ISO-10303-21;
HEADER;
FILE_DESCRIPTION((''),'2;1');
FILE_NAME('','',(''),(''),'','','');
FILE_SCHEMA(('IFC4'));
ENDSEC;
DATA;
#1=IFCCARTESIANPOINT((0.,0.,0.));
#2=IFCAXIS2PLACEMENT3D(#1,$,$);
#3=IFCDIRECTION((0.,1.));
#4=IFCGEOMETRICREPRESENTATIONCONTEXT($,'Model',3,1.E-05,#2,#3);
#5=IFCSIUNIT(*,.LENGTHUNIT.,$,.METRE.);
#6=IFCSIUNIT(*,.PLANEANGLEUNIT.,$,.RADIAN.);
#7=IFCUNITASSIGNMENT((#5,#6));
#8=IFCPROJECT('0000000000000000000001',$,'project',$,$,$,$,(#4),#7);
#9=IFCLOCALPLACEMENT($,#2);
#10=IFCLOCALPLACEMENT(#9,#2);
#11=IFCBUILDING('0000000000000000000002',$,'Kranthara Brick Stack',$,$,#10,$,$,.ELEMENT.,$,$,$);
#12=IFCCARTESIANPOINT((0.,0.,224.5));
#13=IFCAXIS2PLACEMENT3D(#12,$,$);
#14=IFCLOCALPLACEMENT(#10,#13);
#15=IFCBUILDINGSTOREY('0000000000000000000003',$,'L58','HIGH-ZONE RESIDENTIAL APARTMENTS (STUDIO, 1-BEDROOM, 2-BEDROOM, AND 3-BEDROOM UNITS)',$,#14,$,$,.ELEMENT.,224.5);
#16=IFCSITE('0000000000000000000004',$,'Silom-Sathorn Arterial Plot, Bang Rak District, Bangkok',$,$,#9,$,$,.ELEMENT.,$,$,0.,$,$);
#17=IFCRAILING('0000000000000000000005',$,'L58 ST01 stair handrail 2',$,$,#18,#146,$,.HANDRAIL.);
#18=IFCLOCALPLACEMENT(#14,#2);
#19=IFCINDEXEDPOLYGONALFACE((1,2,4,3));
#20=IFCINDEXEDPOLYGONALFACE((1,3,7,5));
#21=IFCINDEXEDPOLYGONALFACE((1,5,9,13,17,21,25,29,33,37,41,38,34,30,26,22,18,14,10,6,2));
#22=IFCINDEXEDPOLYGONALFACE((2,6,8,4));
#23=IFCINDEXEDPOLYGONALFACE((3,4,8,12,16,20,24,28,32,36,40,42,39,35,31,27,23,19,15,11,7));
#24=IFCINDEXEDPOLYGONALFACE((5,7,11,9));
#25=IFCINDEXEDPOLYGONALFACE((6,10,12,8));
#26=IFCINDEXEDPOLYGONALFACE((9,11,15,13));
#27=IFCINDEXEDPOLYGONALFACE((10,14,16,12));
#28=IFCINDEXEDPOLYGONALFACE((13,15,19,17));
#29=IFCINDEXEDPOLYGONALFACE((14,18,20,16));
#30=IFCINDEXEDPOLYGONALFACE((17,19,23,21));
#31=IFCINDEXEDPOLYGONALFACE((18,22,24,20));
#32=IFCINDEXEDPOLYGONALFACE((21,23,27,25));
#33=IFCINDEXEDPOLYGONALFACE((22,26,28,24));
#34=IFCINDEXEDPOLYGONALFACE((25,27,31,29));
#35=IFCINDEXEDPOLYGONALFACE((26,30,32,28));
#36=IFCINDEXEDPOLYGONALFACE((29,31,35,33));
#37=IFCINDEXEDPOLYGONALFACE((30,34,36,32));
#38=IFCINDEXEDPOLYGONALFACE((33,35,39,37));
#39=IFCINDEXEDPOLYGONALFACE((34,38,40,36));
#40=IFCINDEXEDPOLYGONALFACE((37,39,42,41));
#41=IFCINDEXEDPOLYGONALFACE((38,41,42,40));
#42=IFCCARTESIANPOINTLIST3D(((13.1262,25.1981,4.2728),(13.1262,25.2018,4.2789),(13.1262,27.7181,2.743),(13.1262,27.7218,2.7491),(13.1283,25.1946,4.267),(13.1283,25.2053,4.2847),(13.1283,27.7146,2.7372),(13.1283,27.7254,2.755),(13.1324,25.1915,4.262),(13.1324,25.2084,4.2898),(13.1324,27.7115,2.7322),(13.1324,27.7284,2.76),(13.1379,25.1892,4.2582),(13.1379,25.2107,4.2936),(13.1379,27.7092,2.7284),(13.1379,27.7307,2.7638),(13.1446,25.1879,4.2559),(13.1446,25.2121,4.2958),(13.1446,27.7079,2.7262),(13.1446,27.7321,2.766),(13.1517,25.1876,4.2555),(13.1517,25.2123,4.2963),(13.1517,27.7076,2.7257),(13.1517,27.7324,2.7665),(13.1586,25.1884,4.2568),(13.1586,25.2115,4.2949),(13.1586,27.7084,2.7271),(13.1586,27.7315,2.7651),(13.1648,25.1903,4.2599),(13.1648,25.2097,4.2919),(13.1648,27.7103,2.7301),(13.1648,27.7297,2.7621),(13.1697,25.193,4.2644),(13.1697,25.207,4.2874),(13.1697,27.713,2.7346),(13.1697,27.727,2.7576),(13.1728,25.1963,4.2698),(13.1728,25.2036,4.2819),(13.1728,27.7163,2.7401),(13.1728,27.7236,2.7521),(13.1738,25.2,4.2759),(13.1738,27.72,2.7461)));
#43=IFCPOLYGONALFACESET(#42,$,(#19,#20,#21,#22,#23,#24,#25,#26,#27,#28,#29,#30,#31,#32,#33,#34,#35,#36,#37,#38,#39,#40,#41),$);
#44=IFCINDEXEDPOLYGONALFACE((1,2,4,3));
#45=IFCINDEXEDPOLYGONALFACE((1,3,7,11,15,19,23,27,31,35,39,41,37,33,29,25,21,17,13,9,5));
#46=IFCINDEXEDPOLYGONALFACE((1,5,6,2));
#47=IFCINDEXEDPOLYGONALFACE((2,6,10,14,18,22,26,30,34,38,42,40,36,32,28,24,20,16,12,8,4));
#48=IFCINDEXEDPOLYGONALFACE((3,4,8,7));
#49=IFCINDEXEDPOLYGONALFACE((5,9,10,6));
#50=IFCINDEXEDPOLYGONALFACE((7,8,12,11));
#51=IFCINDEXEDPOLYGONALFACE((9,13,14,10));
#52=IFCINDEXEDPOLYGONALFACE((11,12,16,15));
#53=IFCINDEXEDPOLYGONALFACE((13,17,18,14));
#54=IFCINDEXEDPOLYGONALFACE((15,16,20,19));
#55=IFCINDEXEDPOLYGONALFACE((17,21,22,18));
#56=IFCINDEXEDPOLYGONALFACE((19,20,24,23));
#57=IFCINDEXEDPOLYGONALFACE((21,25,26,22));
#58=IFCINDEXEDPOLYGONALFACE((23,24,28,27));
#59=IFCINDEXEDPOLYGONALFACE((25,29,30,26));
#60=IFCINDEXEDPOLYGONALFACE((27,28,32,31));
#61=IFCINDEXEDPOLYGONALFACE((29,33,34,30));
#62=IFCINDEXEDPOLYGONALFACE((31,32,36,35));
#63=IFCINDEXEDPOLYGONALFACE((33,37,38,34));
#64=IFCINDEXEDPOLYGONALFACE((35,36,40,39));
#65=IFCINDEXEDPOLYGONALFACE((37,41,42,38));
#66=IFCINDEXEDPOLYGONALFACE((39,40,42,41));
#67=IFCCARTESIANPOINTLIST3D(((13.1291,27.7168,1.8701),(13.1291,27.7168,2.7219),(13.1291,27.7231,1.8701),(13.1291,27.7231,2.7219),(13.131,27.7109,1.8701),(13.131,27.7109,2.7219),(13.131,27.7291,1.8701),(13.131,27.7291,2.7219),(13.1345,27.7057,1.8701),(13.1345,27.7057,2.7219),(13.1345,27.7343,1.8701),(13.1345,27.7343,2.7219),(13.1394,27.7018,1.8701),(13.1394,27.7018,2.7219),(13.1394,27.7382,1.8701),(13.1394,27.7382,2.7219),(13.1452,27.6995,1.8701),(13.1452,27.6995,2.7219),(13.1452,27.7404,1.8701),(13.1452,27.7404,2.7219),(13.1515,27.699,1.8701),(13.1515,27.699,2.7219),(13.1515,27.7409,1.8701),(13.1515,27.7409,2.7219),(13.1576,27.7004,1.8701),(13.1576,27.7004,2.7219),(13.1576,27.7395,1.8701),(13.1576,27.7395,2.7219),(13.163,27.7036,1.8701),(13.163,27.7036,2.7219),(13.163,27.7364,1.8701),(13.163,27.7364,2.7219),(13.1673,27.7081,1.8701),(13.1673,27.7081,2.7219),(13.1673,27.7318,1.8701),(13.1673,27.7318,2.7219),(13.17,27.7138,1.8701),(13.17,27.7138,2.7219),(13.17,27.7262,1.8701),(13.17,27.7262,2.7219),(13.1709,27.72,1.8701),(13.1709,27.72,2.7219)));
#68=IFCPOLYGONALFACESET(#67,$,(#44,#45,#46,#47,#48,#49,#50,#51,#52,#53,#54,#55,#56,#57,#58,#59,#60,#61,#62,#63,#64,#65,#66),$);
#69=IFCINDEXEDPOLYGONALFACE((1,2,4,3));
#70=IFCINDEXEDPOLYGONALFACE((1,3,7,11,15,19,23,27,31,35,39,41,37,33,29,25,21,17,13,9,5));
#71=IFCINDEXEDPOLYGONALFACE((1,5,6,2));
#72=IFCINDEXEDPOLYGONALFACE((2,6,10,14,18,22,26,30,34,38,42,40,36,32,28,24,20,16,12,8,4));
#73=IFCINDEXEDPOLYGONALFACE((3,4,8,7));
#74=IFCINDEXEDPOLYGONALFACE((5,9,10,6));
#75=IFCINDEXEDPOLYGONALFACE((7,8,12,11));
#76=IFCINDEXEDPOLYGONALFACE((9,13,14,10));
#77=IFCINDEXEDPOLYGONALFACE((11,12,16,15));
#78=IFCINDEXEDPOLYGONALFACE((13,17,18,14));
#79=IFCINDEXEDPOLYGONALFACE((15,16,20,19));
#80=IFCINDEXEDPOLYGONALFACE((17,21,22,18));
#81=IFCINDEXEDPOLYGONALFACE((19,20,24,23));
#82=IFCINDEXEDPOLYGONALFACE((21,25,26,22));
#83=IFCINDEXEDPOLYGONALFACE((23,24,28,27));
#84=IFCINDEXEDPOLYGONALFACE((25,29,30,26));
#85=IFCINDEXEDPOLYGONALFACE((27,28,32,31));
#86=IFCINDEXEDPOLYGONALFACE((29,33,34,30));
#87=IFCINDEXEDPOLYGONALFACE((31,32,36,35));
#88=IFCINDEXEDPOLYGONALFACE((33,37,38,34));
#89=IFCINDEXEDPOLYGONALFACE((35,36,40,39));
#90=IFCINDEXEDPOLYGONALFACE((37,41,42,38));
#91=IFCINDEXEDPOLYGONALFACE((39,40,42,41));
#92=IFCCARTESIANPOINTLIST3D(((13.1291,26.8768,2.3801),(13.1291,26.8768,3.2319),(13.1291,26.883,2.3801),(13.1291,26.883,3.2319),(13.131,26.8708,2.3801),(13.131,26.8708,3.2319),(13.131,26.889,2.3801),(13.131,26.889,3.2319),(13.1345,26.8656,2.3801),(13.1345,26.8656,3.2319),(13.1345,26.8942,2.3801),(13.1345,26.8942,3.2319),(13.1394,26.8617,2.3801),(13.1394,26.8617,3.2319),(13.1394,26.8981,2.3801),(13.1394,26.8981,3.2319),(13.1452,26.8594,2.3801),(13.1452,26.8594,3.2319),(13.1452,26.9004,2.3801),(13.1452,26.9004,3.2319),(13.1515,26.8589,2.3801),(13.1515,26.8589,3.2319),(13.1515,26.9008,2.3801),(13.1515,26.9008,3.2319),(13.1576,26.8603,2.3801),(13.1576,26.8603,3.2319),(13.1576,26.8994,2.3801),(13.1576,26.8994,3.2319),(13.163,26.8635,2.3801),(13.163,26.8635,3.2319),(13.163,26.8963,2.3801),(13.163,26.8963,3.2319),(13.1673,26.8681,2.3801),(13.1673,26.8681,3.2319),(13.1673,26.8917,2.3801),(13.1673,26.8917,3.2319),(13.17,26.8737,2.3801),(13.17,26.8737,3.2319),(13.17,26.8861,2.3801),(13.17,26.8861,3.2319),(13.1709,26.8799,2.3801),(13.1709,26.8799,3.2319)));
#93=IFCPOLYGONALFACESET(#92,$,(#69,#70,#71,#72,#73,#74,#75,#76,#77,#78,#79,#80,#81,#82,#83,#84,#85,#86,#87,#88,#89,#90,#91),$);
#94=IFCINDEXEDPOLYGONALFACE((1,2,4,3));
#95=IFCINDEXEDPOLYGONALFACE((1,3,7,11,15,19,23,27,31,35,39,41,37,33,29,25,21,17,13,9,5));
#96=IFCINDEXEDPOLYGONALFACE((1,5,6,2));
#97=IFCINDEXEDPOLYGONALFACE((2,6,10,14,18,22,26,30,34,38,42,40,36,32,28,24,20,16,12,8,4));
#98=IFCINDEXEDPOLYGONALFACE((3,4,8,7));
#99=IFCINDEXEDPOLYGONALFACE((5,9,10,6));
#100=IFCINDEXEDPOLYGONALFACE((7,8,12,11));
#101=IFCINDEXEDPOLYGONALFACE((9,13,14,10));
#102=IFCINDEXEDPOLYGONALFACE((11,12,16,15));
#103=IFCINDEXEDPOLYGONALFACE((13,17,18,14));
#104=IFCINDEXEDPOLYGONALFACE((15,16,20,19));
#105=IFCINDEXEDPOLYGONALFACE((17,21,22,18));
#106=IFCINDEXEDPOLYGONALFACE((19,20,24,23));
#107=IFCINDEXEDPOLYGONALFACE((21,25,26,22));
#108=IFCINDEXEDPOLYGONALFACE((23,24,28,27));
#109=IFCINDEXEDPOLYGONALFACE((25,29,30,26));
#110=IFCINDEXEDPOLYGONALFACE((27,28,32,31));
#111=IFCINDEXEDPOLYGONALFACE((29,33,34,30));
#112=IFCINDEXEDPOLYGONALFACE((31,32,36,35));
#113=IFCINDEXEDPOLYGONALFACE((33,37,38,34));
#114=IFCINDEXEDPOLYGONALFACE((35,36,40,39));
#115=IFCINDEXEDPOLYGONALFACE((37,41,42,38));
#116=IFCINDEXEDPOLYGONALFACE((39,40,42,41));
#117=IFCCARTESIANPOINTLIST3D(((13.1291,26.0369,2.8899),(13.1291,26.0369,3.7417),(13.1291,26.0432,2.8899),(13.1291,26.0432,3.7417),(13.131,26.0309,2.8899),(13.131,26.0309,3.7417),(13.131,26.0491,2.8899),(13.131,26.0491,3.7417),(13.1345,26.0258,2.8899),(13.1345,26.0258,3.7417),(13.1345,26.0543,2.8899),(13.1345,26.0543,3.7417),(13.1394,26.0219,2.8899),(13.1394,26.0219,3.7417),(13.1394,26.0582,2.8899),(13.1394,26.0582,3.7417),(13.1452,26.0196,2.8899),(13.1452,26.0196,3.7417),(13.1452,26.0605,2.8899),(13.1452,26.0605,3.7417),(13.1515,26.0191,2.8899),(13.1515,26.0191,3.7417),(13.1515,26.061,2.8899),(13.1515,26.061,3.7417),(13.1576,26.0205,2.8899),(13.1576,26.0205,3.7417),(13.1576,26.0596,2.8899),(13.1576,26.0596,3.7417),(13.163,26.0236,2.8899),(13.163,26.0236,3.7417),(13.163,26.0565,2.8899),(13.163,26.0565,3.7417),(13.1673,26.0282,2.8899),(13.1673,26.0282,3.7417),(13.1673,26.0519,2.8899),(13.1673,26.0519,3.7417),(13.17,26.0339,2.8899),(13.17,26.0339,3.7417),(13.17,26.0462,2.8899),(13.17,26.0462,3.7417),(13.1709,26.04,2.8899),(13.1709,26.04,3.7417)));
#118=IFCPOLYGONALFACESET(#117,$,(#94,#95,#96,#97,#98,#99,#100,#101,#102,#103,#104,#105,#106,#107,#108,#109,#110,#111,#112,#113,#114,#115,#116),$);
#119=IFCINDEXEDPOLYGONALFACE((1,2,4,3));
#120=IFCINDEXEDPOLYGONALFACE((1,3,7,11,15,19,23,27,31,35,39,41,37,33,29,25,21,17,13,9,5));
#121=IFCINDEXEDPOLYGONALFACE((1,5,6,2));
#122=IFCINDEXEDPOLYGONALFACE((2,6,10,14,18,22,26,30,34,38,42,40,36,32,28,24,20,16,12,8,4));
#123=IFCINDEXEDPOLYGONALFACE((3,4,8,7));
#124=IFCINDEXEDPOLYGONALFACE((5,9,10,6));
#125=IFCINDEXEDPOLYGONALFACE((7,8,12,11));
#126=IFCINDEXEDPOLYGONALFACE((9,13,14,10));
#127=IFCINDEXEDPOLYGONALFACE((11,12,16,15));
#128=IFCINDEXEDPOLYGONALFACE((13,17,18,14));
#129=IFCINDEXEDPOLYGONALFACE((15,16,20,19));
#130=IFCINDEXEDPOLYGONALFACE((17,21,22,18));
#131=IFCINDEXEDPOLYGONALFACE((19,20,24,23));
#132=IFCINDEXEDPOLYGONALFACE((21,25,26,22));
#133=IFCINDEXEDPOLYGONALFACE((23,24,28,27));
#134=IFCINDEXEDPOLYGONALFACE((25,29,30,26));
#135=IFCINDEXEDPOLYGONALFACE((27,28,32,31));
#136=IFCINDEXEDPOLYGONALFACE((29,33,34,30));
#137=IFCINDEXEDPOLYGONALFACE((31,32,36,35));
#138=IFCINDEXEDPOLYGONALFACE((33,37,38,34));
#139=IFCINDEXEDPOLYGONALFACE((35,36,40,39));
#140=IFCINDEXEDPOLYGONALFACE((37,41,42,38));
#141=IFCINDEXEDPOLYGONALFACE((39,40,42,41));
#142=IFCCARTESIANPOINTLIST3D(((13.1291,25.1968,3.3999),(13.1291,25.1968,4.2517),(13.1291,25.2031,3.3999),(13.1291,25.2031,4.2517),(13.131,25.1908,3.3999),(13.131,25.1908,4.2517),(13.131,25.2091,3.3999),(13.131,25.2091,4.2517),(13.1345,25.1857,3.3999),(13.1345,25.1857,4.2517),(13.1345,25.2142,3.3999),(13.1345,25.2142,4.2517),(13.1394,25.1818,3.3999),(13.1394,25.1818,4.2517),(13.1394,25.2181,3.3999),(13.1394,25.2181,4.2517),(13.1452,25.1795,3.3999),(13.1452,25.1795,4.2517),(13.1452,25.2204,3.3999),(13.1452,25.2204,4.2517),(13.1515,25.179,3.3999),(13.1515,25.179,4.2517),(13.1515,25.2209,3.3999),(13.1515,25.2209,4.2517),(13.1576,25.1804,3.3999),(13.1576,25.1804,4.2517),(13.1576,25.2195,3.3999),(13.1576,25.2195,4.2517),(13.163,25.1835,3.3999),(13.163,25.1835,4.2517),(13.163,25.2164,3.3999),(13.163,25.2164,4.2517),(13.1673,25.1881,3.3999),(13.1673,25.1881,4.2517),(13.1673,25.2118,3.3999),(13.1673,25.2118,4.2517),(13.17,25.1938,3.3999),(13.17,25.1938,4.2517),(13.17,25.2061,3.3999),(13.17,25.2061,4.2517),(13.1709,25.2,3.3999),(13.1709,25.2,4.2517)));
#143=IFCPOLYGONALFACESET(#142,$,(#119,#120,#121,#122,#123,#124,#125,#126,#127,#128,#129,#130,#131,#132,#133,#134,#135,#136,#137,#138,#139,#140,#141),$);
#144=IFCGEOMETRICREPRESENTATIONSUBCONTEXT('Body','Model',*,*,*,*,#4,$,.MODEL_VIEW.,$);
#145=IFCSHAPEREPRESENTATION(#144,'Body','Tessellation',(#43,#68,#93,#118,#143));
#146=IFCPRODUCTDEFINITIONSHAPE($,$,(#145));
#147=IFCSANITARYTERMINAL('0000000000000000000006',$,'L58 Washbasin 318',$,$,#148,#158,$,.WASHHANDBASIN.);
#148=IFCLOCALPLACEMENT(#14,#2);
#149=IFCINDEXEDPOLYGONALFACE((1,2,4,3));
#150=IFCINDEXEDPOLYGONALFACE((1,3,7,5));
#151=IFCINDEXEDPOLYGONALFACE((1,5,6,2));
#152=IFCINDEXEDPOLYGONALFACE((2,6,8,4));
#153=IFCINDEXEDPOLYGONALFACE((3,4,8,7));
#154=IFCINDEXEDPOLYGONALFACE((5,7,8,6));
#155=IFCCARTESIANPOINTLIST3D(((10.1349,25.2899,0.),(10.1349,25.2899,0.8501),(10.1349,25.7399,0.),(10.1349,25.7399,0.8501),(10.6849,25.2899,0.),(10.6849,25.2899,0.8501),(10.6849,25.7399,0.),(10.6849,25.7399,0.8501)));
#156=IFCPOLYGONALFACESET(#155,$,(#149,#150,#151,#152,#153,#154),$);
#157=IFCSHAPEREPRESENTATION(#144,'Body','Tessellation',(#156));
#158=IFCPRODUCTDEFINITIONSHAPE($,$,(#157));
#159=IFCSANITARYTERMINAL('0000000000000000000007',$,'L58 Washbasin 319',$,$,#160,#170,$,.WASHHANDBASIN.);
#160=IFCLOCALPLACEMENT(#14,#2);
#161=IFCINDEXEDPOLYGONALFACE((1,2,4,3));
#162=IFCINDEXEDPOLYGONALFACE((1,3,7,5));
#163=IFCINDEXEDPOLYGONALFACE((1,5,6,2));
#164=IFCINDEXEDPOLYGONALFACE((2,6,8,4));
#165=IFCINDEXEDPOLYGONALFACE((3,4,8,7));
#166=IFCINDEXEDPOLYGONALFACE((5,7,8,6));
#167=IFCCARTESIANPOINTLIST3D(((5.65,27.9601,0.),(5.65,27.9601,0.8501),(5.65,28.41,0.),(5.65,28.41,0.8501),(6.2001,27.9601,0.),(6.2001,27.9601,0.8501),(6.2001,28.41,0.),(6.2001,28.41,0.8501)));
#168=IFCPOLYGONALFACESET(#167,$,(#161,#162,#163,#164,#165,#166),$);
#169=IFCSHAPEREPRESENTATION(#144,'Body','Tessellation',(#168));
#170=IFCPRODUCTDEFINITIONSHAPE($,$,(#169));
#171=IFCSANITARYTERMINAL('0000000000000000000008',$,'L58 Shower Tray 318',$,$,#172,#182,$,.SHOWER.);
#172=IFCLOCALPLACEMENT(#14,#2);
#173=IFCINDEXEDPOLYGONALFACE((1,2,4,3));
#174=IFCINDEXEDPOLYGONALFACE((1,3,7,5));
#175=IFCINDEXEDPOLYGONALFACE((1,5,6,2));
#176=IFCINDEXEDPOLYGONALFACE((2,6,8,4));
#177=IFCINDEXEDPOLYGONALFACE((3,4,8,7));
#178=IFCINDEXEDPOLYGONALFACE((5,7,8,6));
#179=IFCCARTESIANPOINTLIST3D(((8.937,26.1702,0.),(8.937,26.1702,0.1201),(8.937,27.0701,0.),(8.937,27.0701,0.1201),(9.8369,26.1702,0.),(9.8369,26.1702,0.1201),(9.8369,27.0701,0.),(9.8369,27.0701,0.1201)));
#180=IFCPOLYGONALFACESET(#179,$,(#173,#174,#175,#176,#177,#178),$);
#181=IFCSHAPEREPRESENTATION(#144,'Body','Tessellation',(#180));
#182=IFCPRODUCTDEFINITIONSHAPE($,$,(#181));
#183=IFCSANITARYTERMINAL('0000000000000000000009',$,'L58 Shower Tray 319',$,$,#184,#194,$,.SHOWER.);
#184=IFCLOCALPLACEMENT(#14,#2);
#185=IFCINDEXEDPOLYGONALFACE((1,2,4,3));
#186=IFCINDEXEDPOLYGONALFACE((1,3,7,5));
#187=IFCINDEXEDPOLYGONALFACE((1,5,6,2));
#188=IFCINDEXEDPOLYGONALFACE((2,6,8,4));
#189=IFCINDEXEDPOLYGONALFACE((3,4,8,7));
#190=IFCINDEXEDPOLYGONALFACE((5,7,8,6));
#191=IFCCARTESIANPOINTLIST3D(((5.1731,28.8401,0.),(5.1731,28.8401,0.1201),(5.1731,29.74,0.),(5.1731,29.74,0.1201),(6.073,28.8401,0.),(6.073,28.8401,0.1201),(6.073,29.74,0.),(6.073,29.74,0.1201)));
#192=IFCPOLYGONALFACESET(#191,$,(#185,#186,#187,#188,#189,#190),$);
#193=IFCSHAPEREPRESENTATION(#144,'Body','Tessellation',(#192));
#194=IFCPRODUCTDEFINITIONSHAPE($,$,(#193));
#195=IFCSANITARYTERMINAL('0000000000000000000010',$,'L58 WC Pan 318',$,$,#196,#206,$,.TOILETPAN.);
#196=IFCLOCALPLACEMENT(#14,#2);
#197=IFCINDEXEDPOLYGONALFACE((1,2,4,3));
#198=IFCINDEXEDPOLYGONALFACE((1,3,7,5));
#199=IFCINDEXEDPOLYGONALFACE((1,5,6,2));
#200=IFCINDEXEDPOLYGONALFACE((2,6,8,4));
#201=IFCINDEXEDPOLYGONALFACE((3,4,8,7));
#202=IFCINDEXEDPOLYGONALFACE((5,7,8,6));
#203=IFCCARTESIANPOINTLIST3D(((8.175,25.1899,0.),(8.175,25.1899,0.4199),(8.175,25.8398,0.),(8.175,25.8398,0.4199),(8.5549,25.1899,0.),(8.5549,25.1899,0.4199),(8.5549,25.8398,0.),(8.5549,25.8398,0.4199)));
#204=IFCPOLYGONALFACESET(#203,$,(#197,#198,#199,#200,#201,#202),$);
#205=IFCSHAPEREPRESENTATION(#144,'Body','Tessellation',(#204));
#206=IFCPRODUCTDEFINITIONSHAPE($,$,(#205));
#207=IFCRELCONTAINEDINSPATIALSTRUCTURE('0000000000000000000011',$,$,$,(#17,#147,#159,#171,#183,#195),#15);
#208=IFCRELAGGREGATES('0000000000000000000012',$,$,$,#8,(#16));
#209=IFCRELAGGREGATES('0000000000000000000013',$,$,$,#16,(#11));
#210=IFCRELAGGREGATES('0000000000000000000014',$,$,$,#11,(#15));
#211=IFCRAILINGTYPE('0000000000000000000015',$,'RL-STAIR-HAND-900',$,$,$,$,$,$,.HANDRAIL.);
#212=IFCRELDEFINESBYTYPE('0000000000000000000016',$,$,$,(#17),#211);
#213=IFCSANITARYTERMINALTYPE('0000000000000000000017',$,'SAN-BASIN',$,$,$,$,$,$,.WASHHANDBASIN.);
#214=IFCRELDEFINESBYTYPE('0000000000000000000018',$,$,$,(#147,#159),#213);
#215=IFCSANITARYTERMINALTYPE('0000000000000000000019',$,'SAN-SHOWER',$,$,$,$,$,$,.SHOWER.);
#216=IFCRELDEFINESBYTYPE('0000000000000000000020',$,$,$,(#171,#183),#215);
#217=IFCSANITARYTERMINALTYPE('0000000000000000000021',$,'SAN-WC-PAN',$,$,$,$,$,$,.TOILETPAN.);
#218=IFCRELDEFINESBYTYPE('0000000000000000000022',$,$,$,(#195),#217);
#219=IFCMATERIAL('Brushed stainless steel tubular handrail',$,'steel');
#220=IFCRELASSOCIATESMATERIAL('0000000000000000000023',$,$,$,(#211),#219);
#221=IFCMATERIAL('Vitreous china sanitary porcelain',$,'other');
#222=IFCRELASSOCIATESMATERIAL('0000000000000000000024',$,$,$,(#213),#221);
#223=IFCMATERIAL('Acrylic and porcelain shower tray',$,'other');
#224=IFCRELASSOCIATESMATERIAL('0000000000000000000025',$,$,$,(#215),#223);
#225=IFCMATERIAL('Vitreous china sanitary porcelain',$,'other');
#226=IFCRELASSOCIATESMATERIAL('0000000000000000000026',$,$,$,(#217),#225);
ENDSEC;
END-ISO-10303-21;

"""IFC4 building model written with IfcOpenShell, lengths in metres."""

from ifc_helpers import new_model, si_unit, direction, frame, origin, origin_2d, place, context, subcontext, project, spatial, rectangle, circle, extrude, material, type_object, element, save


model = new_model("IFC4")

# Units and contexts
model_context = context("Model", 3, precision=1e-05, world=origin(), true_north=direction((0.0, 1.0)))
body_context = subcontext(model_context, "Body", "Model", "MODEL_VIEW")
ifc_project = project(units=[si_unit("LENGTHUNIT", "METRE"), si_unit("PLANEANGLEUNIT", "RADIAN")], contexts=[model_context])

# Site, building, storey
site_placement = place(None, origin())
site = spatial("IfcSite", under=ifc_project, at=site_placement, Name="Silom-Sathorn Arterial Plot, Bang Rak District, Bangkok", CompositionType="ELEMENT", RefElevation=0.0)
building_placement = place(site_placement, origin())
building = spatial("IfcBuilding", under=site, at=building_placement, Name="Kranthara Brick Stack", CompositionType="ELEMENT")
storey_placement = place(building_placement, frame((0.0, 0.0, 224.5)))
storey = spatial("IfcBuildingStorey", under=building, at=storey_placement, Name="L58", Description="HIGH-ZONE RESIDENTIAL APARTMENTS (STUDIO, 1-BEDROOM, 2-BEDROOM, AND 3-BEDROOM UNITS)", CompositionType="ELEMENT", Elevation=224.5)

# Railing
ifc_material_1 = material(Name="Brushed stainless steel tubular handrail", Category="steel")
railing_type_1 = type_object("IfcRailingType", Name="RL-STAIR-HAND-900", PredefinedType="HANDRAIL", material=ifc_material_1)
railing_1_placement = place(storey_placement, frame((13.1499, 27.72, 1.8701)))
element("IfcRailing", 1, at=railing_1_placement, inside=storey, type_object=railing_type_1, Name="L58 ST01 stair handrail 2", PredefinedType="HANDRAIL", context=body_context, shape_type="SweptSolid", body=[
    extrude(circle(Radius=0.0239, at=origin_2d()), frame((0.0, 0.0, 0.876), z_axis=(0.0, -0.854822, 0.518922), x_axis=(1.0, 0.0, 0.0)), (0.0, 0.0, 1.0), 2.948),
    extrude(circle(Radius=0.021, at=origin_2d()), origin(), (0.0, 0.0, 1.0), 0.8518),
    extrude(circle(Radius=0.021, at=origin_2d()), frame((0.0, -0.8401, 0.51)), (0.0, 0.0, 1.0), 0.8518),
    extrude(circle(Radius=0.021, at=origin_2d()), frame((0.0, -1.6799, 1.0198)), (0.0, 0.0, 1.0), 0.8518),
    extrude(circle(Radius=0.021, at=origin_2d()), frame((0.0, -2.52, 1.5298)), (0.0, 0.0, 1.0), 0.8518),
])

# Sanitary terminals
ifc_material_2 = material(Name="Vitreous china sanitary porcelain", Category="other")
sanitary_terminal_type_1 = type_object("IfcSanitaryTerminalType", Name="SAN-BASIN", PredefinedType="WASHHANDBASIN", material=ifc_material_2)
for number, where, z_axis, x_axis, name in (
    (2, (10.4099, 25.5149, 0.0), (0.0, 0.0, 1.0), (1.0, 0.0, 0.0), "L58 Washbasin 318"),
    (3, (5.925, 28.1851, 0.0), (0.0, 0.0, 1.0), (1.0, 0.0, 0.0), "L58 Washbasin 319"),
):
    element("IfcSanitaryTerminal", number, at=place(storey_placement, frame(where, z_axis=z_axis, x_axis=x_axis)), inside=storey, type_object=sanitary_terminal_type_1, Name=name, PredefinedType="WASHHANDBASIN", context=body_context, shape_type="SweptSolid", body=[
        extrude(rectangle(XDim=0.55, YDim=0.45, at=origin_2d()), origin(), (0.0, 0.0, 1.0), 0.8501),
    ])
ifc_material_3 = material(Name="Acrylic and porcelain shower tray", Category="other")
sanitary_terminal_type_2 = type_object("IfcSanitaryTerminalType", Name="SAN-SHOWER", PredefinedType="SHOWER", material=ifc_material_3)
for number, where, z_axis, x_axis, name in (
    (4, (9.387, 26.6201, 0.0), (0.0, 0.0, 1.0), (1.0, 0.0, 0.0), "L58 Shower Tray 318"),
    (5, (5.623, 29.29, 0.0), (0.0, 0.0, 1.0), (1.0, 0.0, 0.0), "L58 Shower Tray 319"),
):
    element("IfcSanitaryTerminal", number, at=place(storey_placement, frame(where, z_axis=z_axis, x_axis=x_axis)), inside=storey, type_object=sanitary_terminal_type_2, Name=name, PredefinedType="SHOWER", context=body_context, shape_type="SweptSolid", body=[
        extrude(rectangle(XDim=0.8999, YDim=0.8999, at=origin_2d()), origin(), (0.0, 0.0, 1.0), 0.1201),
    ])
ifc_material_4 = material(Name="Vitreous china sanitary porcelain", Category="other")
sanitary_terminal_type_3 = type_object("IfcSanitaryTerminalType", Name="SAN-WC-PAN", PredefinedType="TOILETPAN", material=ifc_material_4)
for number, where, z_axis, x_axis, name in (
    (6, (8.365, 25.5149, 0.0), (0.0, 0.0, 1.0), (1.0, 0.0, 0.0), "L58 WC Pan 318"),
):
    element("IfcSanitaryTerminal", number, at=place(storey_placement, frame(where, z_axis=z_axis, x_axis=x_axis)), inside=storey, type_object=sanitary_terminal_type_3, Name=name, PredefinedType="TOILETPAN", context=body_context, shape_type="SweptSolid", body=[
        extrude(rectangle(XDim=0.3799, YDim=0.6499, at=origin_2d()), origin(), (0.0, 0.0, 1.0), 0.4199),
    ])

save(model, "model.ifc")
